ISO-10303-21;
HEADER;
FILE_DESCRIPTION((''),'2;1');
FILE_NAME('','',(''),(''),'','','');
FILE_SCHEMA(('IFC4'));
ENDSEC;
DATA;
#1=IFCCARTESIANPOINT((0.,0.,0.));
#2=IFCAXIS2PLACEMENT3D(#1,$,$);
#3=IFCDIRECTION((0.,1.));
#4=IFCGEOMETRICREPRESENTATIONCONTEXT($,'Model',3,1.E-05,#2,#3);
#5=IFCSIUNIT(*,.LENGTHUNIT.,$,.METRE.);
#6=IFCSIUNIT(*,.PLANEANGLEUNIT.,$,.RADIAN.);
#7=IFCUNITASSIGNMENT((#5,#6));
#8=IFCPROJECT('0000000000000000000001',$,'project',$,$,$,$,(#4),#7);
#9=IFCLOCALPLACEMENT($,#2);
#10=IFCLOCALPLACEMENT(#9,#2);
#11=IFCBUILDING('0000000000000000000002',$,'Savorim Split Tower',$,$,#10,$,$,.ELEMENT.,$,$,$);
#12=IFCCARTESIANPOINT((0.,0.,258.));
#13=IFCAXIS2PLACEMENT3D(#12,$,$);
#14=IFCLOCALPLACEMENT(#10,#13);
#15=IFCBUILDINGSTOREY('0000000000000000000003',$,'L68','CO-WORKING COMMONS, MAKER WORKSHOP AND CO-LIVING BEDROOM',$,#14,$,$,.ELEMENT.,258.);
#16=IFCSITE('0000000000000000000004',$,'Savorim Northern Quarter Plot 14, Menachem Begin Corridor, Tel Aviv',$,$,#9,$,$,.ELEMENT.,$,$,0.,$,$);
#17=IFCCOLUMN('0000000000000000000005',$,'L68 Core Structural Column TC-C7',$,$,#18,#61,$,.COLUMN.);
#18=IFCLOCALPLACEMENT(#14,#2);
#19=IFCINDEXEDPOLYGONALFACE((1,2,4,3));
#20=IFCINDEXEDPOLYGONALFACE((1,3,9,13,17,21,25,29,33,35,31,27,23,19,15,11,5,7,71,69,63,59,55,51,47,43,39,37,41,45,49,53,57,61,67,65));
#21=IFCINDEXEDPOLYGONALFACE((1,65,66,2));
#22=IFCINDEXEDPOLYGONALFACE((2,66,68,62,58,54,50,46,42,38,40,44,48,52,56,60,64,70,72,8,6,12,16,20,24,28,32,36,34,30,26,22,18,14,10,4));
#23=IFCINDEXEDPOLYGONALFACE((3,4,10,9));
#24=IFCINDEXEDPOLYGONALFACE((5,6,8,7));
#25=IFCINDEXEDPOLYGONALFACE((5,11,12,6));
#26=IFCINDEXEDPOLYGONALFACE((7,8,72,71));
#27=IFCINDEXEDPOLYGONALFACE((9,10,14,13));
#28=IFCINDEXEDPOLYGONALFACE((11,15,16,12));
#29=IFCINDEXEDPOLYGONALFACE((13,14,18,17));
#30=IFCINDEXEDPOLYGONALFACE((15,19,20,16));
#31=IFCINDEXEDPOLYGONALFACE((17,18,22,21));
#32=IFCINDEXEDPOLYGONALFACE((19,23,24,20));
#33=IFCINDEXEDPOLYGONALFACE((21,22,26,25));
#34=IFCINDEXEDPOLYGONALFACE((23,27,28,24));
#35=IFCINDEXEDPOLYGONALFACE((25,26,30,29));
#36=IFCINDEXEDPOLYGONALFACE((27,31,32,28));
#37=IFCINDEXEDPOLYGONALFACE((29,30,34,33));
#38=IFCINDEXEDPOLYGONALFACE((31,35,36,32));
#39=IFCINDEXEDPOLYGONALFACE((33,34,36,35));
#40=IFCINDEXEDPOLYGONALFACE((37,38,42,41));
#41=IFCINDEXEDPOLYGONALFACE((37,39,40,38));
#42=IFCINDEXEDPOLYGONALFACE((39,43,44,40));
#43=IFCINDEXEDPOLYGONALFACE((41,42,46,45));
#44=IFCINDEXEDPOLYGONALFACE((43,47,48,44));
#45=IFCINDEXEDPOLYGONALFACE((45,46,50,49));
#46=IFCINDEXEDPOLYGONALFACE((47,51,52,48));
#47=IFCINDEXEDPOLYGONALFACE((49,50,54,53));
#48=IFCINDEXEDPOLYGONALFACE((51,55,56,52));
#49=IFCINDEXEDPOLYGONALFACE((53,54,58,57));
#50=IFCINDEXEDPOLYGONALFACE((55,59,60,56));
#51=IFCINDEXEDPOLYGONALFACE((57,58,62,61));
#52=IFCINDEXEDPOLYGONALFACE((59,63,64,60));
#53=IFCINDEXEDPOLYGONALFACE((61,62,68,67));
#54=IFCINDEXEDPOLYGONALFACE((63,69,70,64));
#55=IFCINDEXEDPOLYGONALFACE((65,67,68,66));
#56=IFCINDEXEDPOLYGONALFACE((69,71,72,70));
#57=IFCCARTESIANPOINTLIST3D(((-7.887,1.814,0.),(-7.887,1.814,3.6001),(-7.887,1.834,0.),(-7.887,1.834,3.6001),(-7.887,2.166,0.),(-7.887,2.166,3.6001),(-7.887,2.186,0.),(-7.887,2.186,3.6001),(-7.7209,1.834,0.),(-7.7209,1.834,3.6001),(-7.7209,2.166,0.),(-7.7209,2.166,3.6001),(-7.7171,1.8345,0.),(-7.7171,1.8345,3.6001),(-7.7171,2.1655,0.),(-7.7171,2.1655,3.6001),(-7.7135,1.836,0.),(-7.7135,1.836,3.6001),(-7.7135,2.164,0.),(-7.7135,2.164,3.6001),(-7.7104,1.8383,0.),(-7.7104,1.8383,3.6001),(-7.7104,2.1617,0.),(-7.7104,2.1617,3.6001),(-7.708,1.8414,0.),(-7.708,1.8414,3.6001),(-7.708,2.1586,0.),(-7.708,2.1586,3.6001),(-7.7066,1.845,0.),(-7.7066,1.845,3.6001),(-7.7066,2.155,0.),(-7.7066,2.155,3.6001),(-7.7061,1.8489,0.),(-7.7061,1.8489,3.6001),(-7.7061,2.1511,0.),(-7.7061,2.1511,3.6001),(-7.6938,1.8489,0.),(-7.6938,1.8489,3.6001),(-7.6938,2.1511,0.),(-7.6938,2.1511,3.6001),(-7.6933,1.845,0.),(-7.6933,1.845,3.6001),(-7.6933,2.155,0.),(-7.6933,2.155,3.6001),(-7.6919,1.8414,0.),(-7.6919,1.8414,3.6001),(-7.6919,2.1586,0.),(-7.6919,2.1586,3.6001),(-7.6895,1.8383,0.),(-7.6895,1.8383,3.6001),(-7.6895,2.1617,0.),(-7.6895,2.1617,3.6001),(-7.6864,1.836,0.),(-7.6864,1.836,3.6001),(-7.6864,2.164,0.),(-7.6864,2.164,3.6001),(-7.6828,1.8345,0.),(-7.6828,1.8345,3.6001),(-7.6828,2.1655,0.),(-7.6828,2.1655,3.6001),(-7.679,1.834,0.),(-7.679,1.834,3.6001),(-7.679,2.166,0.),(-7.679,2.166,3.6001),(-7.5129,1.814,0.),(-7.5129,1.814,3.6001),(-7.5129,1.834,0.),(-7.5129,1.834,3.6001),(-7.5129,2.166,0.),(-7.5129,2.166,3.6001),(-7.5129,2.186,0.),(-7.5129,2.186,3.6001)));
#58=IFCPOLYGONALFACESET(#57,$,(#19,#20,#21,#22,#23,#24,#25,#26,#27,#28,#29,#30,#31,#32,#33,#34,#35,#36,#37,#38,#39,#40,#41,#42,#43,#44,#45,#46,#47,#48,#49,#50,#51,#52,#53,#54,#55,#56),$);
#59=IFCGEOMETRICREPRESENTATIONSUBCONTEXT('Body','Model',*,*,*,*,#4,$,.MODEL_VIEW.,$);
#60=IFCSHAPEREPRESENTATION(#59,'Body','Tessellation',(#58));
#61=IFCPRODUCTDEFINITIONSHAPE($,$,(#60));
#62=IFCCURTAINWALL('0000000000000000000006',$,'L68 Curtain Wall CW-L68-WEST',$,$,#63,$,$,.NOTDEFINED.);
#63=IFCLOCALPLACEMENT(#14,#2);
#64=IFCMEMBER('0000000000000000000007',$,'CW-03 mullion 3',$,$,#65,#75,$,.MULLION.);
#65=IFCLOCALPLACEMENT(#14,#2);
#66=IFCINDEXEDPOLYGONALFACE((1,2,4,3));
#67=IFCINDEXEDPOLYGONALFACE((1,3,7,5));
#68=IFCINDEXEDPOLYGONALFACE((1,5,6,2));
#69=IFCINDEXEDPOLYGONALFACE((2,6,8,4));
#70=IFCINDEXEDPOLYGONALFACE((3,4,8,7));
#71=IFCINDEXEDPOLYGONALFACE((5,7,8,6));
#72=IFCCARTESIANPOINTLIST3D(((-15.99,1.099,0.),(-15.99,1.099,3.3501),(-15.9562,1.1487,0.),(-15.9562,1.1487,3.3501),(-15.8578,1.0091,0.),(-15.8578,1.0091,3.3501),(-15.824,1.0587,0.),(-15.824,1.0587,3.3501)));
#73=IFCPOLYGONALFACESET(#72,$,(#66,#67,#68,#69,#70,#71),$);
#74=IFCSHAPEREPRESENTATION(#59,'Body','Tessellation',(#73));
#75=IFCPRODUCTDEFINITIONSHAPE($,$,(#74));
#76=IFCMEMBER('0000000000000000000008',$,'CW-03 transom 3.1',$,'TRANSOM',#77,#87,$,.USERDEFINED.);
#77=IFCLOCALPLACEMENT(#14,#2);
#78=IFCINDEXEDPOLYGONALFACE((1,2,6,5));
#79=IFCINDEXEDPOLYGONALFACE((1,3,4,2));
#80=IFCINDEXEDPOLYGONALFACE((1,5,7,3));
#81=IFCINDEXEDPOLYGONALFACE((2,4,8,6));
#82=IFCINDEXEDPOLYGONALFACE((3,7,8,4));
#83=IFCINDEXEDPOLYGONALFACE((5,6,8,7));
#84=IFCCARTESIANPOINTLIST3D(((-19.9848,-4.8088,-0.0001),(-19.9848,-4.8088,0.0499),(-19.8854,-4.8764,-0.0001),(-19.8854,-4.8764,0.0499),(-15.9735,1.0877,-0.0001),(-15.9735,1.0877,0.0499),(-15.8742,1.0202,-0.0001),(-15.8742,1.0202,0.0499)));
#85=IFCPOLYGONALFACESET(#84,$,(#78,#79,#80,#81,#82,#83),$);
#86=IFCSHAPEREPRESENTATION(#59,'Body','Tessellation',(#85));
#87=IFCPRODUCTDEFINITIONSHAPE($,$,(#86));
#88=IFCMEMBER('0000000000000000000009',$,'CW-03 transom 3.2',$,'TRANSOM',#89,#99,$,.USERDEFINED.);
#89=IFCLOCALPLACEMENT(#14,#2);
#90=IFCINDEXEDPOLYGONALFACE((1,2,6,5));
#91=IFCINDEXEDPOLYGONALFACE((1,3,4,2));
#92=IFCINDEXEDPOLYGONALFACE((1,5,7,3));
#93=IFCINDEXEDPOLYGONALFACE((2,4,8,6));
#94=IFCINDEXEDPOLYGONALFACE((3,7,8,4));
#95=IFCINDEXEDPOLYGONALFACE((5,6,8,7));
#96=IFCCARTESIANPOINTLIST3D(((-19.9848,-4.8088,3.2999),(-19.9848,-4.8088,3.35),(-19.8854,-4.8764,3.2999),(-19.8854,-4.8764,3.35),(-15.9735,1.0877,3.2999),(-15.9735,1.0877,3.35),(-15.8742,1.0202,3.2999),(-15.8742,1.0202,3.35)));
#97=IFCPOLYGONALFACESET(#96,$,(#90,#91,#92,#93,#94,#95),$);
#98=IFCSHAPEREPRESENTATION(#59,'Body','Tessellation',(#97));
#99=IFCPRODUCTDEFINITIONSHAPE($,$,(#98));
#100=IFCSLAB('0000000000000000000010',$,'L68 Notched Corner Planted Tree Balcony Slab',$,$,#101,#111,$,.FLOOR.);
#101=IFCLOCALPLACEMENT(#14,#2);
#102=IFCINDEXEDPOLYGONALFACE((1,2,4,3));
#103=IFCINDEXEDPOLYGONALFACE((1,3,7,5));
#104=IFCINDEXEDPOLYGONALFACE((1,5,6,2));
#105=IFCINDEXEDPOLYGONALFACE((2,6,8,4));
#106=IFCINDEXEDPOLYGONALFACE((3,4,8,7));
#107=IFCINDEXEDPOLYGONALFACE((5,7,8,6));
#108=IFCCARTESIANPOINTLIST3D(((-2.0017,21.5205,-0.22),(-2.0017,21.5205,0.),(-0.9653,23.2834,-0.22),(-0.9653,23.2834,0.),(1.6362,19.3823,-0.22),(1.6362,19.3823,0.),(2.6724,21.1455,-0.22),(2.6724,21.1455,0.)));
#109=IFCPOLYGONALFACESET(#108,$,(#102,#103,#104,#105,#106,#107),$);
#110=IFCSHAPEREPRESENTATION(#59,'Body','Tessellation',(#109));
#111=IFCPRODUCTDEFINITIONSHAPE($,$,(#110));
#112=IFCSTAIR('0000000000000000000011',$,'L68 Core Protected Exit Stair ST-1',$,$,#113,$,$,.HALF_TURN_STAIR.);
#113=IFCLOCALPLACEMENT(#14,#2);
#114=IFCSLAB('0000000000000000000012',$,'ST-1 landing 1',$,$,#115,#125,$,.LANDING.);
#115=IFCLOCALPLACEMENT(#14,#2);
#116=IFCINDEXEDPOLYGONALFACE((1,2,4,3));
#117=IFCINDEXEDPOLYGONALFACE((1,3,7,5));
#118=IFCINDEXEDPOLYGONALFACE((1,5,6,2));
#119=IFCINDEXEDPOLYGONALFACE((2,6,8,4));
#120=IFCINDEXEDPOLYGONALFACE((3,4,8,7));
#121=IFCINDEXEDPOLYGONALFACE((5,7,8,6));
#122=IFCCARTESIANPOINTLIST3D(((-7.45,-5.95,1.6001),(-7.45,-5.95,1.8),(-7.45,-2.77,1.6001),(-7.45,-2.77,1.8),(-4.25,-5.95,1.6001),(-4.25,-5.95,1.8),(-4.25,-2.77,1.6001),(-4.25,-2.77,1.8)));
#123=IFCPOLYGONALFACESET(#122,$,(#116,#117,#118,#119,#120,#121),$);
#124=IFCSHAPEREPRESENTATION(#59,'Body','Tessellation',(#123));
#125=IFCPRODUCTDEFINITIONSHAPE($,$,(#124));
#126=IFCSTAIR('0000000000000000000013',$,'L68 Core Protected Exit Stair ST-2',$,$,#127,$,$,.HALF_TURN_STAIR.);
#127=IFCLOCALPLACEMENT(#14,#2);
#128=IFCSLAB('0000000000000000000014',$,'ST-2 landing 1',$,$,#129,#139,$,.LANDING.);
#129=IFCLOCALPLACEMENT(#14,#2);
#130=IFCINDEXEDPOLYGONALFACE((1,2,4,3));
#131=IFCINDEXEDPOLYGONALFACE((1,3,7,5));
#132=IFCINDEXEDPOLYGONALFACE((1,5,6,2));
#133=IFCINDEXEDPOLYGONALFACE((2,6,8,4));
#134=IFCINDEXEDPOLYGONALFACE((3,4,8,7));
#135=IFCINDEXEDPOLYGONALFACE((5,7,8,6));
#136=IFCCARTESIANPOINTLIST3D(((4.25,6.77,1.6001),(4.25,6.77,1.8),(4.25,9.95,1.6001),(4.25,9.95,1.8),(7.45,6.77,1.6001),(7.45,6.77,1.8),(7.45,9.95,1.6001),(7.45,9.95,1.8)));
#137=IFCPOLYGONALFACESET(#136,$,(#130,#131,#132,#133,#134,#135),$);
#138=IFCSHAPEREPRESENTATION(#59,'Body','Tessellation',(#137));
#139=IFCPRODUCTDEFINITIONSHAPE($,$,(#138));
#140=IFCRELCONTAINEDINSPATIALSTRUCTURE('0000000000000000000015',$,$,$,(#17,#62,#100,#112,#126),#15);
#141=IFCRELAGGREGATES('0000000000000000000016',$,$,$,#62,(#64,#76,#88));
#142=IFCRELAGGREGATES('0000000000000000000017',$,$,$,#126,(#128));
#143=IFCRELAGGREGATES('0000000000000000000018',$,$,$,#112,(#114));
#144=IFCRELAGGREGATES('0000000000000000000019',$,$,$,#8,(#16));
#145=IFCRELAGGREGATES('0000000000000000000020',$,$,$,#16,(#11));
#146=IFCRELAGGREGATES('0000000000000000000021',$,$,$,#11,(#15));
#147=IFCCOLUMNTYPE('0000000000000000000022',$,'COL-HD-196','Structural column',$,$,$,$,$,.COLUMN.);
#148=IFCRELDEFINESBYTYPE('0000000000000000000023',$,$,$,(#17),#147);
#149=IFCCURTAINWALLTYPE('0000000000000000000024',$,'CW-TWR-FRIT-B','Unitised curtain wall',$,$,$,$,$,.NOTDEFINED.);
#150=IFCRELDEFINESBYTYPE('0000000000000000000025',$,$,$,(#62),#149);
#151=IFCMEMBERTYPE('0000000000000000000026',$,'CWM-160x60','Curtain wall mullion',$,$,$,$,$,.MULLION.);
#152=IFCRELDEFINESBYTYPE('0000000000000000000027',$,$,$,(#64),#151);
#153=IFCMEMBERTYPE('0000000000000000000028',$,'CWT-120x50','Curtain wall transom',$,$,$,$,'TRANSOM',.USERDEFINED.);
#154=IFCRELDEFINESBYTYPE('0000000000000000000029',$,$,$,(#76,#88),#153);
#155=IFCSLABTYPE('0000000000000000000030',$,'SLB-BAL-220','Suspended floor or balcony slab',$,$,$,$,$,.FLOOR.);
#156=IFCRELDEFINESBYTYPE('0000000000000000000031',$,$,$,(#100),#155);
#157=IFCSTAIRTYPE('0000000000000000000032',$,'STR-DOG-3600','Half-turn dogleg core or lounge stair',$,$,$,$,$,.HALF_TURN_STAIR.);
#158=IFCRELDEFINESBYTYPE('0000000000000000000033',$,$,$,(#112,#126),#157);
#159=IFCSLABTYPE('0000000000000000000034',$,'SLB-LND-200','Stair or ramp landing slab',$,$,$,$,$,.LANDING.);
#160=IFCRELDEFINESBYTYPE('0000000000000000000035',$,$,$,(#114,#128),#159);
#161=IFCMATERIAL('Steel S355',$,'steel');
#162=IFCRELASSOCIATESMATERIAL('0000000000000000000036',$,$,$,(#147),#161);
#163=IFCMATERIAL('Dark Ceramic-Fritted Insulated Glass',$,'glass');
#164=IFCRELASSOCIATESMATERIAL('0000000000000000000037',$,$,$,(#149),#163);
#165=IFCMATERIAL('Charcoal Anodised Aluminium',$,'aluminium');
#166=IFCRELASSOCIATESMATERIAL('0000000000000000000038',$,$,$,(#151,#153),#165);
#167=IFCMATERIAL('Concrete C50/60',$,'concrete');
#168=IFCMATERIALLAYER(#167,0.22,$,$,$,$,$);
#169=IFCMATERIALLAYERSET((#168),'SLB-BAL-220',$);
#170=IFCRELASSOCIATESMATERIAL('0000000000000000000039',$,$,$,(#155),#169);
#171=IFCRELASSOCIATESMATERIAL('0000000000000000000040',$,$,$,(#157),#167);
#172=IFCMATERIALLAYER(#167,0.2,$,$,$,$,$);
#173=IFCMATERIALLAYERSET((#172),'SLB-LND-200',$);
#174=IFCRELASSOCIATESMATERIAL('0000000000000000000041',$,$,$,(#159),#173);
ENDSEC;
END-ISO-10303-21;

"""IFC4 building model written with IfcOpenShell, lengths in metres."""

from ifc_helpers import new_model, si_unit, direction, frame, origin, origin_2d, place, context, subcontext, project, spatial, polyline, rectangle, i_section, outline, extrude, material, layer, layer_set, material_profile, profile_set, type_object, element, aggregate, save


model = new_model("IFC4")

# Units and contexts
model_context = context("Model", 3, precision=1e-05, world=origin(), true_north=direction((0.0, 1.0)))
body_context = subcontext(model_context, "Body", "Model", "MODEL_VIEW")
ifc_project = project(units=[si_unit("LENGTHUNIT", "METRE"), si_unit("PLANEANGLEUNIT", "RADIAN")], contexts=[model_context])

# Site, building, storey
site_placement = place(None, origin())
site = spatial("IfcSite", under=ifc_project, at=site_placement, Name="Savorim Northern Quarter Plot 14, Menachem Begin Corridor, Tel Aviv", CompositionType="ELEMENT", RefElevation=0.0)
building_placement = place(site_placement, origin())
building = spatial("IfcBuilding", under=site, at=building_placement, Name="Savorim Split Tower", CompositionType="ELEMENT")
storey_placement = place(building_placement, frame((0.0, 0.0, 258.0)))
storey = spatial("IfcBuildingStorey", under=building, at=storey_placement, Name="L68", Description="CO-WORKING COMMONS, MAKER WORKSHOP AND CO-LIVING BEDROOM", CompositionType="ELEMENT", Elevation=258.0)

# Column
ifc_material_1 = material(Name="Steel S355", Category="steel")
ifc_material_profile_1 = material_profile(ifc_material_1, i_section(OverallWidth=0.374, OverallDepth=0.3721, WebThickness=0.0122, FlangeThickness=0.02, FilletRadius=0.0149, at=origin_2d()), Name="HD 360x196")
ifc_profile_set_1 = profile_set([ifc_material_profile_1], Name="Steel S355")
column_type = type_object("IfcColumnType", Name="COL-HD-196", Description="Structural column", PredefinedType="COLUMN", material=ifc_profile_set_1)
column_placement = place(storey_placement, frame((-7.7, 2.0, 0.0), z_axis=(0.0, 0.0, 1.0), x_axis=(1.0, 0.0, 0.0)))
element("IfcColumn", 1, at=column_placement, inside=storey, type_object=column_type, Name="L68 Core Structural Column TC-C7", PredefinedType="COLUMN", context=body_context, shape_type="SweptSolid", body=[
    extrude(i_section(OverallWidth=0.374, OverallDepth=0.3721, WebThickness=0.0122, FlangeThickness=0.02, FilletRadius=0.0149, at=origin_2d()), origin(), (0.0, 0.0, 1.0), 3.6001),
])

# Curtain wall, members
ifc_material_2 = material(Name="Dark Ceramic-Fritted Insulated Glass", Category="glass")
curtain_wall_type = type_object("IfcCurtainWallType", Name="CW-TWR-FRIT-B", Description="Unitised curtain wall", PredefinedType="NOTDEFINED", material=ifc_material_2)
curtain_wall_placement = place(storey_placement, origin())
curtain_wall = element("IfcCurtainWall", 2, at=curtain_wall_placement, inside=storey, type_object=curtain_wall_type, Name="L68 Curtain Wall CW-L68-WEST", PredefinedType="NOTDEFINED")
ifc_material_3 = material(Name="Charcoal Anodised Aluminium", Category="aluminium")
ifc_material_profile_2 = material_profile(ifc_material_3, rectangle(XDim=0.1599, YDim=0.0601, at=origin_2d()), Name="ALU-M 160x60")
ifc_profile_set_2 = profile_set([ifc_material_profile_2], Name="Charcoal Anodised Aluminium")
member_type_1 = type_object("IfcMemberType", Name="CWM-160x60", Description="Curtain wall mullion", PredefinedType="MULLION", material=ifc_profile_set_2)
member_1_placement = place(storey_placement, frame((-15.907, 1.0789, 0.0), z_axis=(0.0, 0.0, 1.0), x_axis=(0.826817, -0.56247, 0.0)))
member_1 = element("IfcMember", 3, at=member_1_placement, type_object=member_type_1, Name="CW-03 mullion 3", PredefinedType="MULLION", context=body_context, shape_type="SweptSolid", body=[
    extrude(rectangle(XDim=0.1599, YDim=0.0601, at=origin_2d()), origin(), (0.0, 0.0, 1.0), 3.3501),
])
ifc_material_profile_3 = material_profile(ifc_material_3, rectangle(XDim=0.1201, YDim=0.05, at=origin_2d()), Name="ALU-T 120x50")
ifc_profile_set_3 = profile_set([ifc_material_profile_3], Name="Charcoal Anodised Aluminium")
member_type_2 = type_object("IfcMemberType", Name="CWT-120x50", Description="Curtain wall transom", ElementType="TRANSOM", PredefinedType="USERDEFINED", material=ifc_profile_set_3)
member_2_placement = place(storey_placement, frame((-15.9238, 1.054, 0.0249), z_axis=(-0.562465, -0.826821, 0.0), x_axis=(0.826821, -0.562465, 0.0)))
member_2 = element("IfcMember", 4, at=member_2_placement, type_object=member_type_2, Name="CW-03 transom 3.1", ObjectType="TRANSOM", PredefinedType="USERDEFINED", context=body_context, shape_type="SweptSolid", body=[
    extrude(rectangle(XDim=0.1201, YDim=0.05, at=origin_2d()), origin(), (0.0, 0.0, 1.0), 7.1316),
])
member_3_placement = place(storey_placement, frame((-15.9238, 1.054, 3.325), z_axis=(-0.562465, -0.826821, 0.0), x_axis=(0.826821, -0.562465, 0.0)))
member_3 = element("IfcMember", 5, at=member_3_placement, type_object=member_type_2, Name="CW-03 transom 3.2", ObjectType="TRANSOM", PredefinedType="USERDEFINED", context=body_context, shape_type="SweptSolid", body=[
    extrude(rectangle(XDim=0.1201, YDim=0.05, at=origin_2d()), origin(), (0.0, 0.0, 1.0), 7.1316),
])
aggregate(curtain_wall, [member_1, member_2, member_3])

# Slab
ifc_material_4 = material(Name="Concrete C50/60", Category="concrete")
ifc_layer_1 = layer(ifc_material_4, 0.22)
ifc_layer_set_1 = layer_set([ifc_layer_1], Name="SLB-BAL-220")
slab_type_1 = type_object("IfcSlabType", Name="SLB-BAL-220", Description="Suspended floor or balcony slab", PredefinedType="FLOOR", material=ifc_layer_set_1)
slab_1_placement = place(storey_placement, frame((0.0, 0.0, -0.22)))
element("IfcSlab", 6, at=slab_1_placement, inside=storey, type_object=slab_type_1, Name="L68 Notched Corner Planted Tree Balcony Slab", PredefinedType="FLOOR", context=body_context, shape_type="SweptSolid", body=[
    extrude(outline(polyline([(-2.0017, 21.5205), (1.6362, 19.3823), (2.6724, 21.1455), (-0.9653, 23.2834), (-2.0017, 21.5205)])), origin(), (0.0, 0.0, 1.0), 0.22),
])

# Stairs, slabs
stair_type = type_object("IfcStairType", Name="STR-DOG-3600", Description="Half-turn dogleg core or lounge stair", PredefinedType="HALF_TURN_STAIR", material=ifc_material_4)
stair_1_placement = place(storey_placement, origin())
stair_1 = element("IfcStair", 7, at=stair_1_placement, inside=storey, type_object=stair_type, Name="L68 Core Protected Exit Stair ST-1", PredefinedType="HALF_TURN_STAIR")
ifc_layer_2 = layer(ifc_material_4, 0.2)
ifc_layer_set_2 = layer_set([ifc_layer_2], Name="SLB-LND-200")
slab_type_2 = type_object("IfcSlabType", Name="SLB-LND-200", Description="Stair or ramp landing slab", PredefinedType="LANDING", material=ifc_layer_set_2)
slab_2_placement = place(storey_placement, frame((0.0, 0.0, 1.6001)))
slab_2 = element("IfcSlab", 8, at=slab_2_placement, type_object=slab_type_2, Name="ST-1 landing 1", PredefinedType="LANDING", context=body_context, shape_type="SweptSolid", body=[
    extrude(outline(polyline([(-7.45, -2.77), (-7.45, -5.95), (-4.25, -5.95), (-4.25, -2.77), (-7.45, -2.77)])), origin(), (0.0, 0.0, 1.0), 0.2),
])
stair_2_placement = place(storey_placement, origin())
stair_2 = element("IfcStair", 9, at=stair_2_placement, inside=storey, type_object=stair_type, Name="L68 Core Protected Exit Stair ST-2", PredefinedType="HALF_TURN_STAIR")
slab_3_placement = place(storey_placement, frame((0.0, 0.0, 1.6001)))
slab_3 = element("IfcSlab", 10, at=slab_3_placement, type_object=slab_type_2, Name="ST-2 landing 1", PredefinedType="LANDING", context=body_context, shape_type="SweptSolid", body=[
    extrude(outline(polyline([(7.45, 6.77), (7.45, 9.95), (4.25, 9.95), (4.25, 6.77), (7.45, 6.77)])), origin(), (0.0, 0.0, 1.0), 0.2),
])
aggregate(stair_2, [slab_3])

aggregate(stair_1, [slab_2])

save(model, "model.ifc")
